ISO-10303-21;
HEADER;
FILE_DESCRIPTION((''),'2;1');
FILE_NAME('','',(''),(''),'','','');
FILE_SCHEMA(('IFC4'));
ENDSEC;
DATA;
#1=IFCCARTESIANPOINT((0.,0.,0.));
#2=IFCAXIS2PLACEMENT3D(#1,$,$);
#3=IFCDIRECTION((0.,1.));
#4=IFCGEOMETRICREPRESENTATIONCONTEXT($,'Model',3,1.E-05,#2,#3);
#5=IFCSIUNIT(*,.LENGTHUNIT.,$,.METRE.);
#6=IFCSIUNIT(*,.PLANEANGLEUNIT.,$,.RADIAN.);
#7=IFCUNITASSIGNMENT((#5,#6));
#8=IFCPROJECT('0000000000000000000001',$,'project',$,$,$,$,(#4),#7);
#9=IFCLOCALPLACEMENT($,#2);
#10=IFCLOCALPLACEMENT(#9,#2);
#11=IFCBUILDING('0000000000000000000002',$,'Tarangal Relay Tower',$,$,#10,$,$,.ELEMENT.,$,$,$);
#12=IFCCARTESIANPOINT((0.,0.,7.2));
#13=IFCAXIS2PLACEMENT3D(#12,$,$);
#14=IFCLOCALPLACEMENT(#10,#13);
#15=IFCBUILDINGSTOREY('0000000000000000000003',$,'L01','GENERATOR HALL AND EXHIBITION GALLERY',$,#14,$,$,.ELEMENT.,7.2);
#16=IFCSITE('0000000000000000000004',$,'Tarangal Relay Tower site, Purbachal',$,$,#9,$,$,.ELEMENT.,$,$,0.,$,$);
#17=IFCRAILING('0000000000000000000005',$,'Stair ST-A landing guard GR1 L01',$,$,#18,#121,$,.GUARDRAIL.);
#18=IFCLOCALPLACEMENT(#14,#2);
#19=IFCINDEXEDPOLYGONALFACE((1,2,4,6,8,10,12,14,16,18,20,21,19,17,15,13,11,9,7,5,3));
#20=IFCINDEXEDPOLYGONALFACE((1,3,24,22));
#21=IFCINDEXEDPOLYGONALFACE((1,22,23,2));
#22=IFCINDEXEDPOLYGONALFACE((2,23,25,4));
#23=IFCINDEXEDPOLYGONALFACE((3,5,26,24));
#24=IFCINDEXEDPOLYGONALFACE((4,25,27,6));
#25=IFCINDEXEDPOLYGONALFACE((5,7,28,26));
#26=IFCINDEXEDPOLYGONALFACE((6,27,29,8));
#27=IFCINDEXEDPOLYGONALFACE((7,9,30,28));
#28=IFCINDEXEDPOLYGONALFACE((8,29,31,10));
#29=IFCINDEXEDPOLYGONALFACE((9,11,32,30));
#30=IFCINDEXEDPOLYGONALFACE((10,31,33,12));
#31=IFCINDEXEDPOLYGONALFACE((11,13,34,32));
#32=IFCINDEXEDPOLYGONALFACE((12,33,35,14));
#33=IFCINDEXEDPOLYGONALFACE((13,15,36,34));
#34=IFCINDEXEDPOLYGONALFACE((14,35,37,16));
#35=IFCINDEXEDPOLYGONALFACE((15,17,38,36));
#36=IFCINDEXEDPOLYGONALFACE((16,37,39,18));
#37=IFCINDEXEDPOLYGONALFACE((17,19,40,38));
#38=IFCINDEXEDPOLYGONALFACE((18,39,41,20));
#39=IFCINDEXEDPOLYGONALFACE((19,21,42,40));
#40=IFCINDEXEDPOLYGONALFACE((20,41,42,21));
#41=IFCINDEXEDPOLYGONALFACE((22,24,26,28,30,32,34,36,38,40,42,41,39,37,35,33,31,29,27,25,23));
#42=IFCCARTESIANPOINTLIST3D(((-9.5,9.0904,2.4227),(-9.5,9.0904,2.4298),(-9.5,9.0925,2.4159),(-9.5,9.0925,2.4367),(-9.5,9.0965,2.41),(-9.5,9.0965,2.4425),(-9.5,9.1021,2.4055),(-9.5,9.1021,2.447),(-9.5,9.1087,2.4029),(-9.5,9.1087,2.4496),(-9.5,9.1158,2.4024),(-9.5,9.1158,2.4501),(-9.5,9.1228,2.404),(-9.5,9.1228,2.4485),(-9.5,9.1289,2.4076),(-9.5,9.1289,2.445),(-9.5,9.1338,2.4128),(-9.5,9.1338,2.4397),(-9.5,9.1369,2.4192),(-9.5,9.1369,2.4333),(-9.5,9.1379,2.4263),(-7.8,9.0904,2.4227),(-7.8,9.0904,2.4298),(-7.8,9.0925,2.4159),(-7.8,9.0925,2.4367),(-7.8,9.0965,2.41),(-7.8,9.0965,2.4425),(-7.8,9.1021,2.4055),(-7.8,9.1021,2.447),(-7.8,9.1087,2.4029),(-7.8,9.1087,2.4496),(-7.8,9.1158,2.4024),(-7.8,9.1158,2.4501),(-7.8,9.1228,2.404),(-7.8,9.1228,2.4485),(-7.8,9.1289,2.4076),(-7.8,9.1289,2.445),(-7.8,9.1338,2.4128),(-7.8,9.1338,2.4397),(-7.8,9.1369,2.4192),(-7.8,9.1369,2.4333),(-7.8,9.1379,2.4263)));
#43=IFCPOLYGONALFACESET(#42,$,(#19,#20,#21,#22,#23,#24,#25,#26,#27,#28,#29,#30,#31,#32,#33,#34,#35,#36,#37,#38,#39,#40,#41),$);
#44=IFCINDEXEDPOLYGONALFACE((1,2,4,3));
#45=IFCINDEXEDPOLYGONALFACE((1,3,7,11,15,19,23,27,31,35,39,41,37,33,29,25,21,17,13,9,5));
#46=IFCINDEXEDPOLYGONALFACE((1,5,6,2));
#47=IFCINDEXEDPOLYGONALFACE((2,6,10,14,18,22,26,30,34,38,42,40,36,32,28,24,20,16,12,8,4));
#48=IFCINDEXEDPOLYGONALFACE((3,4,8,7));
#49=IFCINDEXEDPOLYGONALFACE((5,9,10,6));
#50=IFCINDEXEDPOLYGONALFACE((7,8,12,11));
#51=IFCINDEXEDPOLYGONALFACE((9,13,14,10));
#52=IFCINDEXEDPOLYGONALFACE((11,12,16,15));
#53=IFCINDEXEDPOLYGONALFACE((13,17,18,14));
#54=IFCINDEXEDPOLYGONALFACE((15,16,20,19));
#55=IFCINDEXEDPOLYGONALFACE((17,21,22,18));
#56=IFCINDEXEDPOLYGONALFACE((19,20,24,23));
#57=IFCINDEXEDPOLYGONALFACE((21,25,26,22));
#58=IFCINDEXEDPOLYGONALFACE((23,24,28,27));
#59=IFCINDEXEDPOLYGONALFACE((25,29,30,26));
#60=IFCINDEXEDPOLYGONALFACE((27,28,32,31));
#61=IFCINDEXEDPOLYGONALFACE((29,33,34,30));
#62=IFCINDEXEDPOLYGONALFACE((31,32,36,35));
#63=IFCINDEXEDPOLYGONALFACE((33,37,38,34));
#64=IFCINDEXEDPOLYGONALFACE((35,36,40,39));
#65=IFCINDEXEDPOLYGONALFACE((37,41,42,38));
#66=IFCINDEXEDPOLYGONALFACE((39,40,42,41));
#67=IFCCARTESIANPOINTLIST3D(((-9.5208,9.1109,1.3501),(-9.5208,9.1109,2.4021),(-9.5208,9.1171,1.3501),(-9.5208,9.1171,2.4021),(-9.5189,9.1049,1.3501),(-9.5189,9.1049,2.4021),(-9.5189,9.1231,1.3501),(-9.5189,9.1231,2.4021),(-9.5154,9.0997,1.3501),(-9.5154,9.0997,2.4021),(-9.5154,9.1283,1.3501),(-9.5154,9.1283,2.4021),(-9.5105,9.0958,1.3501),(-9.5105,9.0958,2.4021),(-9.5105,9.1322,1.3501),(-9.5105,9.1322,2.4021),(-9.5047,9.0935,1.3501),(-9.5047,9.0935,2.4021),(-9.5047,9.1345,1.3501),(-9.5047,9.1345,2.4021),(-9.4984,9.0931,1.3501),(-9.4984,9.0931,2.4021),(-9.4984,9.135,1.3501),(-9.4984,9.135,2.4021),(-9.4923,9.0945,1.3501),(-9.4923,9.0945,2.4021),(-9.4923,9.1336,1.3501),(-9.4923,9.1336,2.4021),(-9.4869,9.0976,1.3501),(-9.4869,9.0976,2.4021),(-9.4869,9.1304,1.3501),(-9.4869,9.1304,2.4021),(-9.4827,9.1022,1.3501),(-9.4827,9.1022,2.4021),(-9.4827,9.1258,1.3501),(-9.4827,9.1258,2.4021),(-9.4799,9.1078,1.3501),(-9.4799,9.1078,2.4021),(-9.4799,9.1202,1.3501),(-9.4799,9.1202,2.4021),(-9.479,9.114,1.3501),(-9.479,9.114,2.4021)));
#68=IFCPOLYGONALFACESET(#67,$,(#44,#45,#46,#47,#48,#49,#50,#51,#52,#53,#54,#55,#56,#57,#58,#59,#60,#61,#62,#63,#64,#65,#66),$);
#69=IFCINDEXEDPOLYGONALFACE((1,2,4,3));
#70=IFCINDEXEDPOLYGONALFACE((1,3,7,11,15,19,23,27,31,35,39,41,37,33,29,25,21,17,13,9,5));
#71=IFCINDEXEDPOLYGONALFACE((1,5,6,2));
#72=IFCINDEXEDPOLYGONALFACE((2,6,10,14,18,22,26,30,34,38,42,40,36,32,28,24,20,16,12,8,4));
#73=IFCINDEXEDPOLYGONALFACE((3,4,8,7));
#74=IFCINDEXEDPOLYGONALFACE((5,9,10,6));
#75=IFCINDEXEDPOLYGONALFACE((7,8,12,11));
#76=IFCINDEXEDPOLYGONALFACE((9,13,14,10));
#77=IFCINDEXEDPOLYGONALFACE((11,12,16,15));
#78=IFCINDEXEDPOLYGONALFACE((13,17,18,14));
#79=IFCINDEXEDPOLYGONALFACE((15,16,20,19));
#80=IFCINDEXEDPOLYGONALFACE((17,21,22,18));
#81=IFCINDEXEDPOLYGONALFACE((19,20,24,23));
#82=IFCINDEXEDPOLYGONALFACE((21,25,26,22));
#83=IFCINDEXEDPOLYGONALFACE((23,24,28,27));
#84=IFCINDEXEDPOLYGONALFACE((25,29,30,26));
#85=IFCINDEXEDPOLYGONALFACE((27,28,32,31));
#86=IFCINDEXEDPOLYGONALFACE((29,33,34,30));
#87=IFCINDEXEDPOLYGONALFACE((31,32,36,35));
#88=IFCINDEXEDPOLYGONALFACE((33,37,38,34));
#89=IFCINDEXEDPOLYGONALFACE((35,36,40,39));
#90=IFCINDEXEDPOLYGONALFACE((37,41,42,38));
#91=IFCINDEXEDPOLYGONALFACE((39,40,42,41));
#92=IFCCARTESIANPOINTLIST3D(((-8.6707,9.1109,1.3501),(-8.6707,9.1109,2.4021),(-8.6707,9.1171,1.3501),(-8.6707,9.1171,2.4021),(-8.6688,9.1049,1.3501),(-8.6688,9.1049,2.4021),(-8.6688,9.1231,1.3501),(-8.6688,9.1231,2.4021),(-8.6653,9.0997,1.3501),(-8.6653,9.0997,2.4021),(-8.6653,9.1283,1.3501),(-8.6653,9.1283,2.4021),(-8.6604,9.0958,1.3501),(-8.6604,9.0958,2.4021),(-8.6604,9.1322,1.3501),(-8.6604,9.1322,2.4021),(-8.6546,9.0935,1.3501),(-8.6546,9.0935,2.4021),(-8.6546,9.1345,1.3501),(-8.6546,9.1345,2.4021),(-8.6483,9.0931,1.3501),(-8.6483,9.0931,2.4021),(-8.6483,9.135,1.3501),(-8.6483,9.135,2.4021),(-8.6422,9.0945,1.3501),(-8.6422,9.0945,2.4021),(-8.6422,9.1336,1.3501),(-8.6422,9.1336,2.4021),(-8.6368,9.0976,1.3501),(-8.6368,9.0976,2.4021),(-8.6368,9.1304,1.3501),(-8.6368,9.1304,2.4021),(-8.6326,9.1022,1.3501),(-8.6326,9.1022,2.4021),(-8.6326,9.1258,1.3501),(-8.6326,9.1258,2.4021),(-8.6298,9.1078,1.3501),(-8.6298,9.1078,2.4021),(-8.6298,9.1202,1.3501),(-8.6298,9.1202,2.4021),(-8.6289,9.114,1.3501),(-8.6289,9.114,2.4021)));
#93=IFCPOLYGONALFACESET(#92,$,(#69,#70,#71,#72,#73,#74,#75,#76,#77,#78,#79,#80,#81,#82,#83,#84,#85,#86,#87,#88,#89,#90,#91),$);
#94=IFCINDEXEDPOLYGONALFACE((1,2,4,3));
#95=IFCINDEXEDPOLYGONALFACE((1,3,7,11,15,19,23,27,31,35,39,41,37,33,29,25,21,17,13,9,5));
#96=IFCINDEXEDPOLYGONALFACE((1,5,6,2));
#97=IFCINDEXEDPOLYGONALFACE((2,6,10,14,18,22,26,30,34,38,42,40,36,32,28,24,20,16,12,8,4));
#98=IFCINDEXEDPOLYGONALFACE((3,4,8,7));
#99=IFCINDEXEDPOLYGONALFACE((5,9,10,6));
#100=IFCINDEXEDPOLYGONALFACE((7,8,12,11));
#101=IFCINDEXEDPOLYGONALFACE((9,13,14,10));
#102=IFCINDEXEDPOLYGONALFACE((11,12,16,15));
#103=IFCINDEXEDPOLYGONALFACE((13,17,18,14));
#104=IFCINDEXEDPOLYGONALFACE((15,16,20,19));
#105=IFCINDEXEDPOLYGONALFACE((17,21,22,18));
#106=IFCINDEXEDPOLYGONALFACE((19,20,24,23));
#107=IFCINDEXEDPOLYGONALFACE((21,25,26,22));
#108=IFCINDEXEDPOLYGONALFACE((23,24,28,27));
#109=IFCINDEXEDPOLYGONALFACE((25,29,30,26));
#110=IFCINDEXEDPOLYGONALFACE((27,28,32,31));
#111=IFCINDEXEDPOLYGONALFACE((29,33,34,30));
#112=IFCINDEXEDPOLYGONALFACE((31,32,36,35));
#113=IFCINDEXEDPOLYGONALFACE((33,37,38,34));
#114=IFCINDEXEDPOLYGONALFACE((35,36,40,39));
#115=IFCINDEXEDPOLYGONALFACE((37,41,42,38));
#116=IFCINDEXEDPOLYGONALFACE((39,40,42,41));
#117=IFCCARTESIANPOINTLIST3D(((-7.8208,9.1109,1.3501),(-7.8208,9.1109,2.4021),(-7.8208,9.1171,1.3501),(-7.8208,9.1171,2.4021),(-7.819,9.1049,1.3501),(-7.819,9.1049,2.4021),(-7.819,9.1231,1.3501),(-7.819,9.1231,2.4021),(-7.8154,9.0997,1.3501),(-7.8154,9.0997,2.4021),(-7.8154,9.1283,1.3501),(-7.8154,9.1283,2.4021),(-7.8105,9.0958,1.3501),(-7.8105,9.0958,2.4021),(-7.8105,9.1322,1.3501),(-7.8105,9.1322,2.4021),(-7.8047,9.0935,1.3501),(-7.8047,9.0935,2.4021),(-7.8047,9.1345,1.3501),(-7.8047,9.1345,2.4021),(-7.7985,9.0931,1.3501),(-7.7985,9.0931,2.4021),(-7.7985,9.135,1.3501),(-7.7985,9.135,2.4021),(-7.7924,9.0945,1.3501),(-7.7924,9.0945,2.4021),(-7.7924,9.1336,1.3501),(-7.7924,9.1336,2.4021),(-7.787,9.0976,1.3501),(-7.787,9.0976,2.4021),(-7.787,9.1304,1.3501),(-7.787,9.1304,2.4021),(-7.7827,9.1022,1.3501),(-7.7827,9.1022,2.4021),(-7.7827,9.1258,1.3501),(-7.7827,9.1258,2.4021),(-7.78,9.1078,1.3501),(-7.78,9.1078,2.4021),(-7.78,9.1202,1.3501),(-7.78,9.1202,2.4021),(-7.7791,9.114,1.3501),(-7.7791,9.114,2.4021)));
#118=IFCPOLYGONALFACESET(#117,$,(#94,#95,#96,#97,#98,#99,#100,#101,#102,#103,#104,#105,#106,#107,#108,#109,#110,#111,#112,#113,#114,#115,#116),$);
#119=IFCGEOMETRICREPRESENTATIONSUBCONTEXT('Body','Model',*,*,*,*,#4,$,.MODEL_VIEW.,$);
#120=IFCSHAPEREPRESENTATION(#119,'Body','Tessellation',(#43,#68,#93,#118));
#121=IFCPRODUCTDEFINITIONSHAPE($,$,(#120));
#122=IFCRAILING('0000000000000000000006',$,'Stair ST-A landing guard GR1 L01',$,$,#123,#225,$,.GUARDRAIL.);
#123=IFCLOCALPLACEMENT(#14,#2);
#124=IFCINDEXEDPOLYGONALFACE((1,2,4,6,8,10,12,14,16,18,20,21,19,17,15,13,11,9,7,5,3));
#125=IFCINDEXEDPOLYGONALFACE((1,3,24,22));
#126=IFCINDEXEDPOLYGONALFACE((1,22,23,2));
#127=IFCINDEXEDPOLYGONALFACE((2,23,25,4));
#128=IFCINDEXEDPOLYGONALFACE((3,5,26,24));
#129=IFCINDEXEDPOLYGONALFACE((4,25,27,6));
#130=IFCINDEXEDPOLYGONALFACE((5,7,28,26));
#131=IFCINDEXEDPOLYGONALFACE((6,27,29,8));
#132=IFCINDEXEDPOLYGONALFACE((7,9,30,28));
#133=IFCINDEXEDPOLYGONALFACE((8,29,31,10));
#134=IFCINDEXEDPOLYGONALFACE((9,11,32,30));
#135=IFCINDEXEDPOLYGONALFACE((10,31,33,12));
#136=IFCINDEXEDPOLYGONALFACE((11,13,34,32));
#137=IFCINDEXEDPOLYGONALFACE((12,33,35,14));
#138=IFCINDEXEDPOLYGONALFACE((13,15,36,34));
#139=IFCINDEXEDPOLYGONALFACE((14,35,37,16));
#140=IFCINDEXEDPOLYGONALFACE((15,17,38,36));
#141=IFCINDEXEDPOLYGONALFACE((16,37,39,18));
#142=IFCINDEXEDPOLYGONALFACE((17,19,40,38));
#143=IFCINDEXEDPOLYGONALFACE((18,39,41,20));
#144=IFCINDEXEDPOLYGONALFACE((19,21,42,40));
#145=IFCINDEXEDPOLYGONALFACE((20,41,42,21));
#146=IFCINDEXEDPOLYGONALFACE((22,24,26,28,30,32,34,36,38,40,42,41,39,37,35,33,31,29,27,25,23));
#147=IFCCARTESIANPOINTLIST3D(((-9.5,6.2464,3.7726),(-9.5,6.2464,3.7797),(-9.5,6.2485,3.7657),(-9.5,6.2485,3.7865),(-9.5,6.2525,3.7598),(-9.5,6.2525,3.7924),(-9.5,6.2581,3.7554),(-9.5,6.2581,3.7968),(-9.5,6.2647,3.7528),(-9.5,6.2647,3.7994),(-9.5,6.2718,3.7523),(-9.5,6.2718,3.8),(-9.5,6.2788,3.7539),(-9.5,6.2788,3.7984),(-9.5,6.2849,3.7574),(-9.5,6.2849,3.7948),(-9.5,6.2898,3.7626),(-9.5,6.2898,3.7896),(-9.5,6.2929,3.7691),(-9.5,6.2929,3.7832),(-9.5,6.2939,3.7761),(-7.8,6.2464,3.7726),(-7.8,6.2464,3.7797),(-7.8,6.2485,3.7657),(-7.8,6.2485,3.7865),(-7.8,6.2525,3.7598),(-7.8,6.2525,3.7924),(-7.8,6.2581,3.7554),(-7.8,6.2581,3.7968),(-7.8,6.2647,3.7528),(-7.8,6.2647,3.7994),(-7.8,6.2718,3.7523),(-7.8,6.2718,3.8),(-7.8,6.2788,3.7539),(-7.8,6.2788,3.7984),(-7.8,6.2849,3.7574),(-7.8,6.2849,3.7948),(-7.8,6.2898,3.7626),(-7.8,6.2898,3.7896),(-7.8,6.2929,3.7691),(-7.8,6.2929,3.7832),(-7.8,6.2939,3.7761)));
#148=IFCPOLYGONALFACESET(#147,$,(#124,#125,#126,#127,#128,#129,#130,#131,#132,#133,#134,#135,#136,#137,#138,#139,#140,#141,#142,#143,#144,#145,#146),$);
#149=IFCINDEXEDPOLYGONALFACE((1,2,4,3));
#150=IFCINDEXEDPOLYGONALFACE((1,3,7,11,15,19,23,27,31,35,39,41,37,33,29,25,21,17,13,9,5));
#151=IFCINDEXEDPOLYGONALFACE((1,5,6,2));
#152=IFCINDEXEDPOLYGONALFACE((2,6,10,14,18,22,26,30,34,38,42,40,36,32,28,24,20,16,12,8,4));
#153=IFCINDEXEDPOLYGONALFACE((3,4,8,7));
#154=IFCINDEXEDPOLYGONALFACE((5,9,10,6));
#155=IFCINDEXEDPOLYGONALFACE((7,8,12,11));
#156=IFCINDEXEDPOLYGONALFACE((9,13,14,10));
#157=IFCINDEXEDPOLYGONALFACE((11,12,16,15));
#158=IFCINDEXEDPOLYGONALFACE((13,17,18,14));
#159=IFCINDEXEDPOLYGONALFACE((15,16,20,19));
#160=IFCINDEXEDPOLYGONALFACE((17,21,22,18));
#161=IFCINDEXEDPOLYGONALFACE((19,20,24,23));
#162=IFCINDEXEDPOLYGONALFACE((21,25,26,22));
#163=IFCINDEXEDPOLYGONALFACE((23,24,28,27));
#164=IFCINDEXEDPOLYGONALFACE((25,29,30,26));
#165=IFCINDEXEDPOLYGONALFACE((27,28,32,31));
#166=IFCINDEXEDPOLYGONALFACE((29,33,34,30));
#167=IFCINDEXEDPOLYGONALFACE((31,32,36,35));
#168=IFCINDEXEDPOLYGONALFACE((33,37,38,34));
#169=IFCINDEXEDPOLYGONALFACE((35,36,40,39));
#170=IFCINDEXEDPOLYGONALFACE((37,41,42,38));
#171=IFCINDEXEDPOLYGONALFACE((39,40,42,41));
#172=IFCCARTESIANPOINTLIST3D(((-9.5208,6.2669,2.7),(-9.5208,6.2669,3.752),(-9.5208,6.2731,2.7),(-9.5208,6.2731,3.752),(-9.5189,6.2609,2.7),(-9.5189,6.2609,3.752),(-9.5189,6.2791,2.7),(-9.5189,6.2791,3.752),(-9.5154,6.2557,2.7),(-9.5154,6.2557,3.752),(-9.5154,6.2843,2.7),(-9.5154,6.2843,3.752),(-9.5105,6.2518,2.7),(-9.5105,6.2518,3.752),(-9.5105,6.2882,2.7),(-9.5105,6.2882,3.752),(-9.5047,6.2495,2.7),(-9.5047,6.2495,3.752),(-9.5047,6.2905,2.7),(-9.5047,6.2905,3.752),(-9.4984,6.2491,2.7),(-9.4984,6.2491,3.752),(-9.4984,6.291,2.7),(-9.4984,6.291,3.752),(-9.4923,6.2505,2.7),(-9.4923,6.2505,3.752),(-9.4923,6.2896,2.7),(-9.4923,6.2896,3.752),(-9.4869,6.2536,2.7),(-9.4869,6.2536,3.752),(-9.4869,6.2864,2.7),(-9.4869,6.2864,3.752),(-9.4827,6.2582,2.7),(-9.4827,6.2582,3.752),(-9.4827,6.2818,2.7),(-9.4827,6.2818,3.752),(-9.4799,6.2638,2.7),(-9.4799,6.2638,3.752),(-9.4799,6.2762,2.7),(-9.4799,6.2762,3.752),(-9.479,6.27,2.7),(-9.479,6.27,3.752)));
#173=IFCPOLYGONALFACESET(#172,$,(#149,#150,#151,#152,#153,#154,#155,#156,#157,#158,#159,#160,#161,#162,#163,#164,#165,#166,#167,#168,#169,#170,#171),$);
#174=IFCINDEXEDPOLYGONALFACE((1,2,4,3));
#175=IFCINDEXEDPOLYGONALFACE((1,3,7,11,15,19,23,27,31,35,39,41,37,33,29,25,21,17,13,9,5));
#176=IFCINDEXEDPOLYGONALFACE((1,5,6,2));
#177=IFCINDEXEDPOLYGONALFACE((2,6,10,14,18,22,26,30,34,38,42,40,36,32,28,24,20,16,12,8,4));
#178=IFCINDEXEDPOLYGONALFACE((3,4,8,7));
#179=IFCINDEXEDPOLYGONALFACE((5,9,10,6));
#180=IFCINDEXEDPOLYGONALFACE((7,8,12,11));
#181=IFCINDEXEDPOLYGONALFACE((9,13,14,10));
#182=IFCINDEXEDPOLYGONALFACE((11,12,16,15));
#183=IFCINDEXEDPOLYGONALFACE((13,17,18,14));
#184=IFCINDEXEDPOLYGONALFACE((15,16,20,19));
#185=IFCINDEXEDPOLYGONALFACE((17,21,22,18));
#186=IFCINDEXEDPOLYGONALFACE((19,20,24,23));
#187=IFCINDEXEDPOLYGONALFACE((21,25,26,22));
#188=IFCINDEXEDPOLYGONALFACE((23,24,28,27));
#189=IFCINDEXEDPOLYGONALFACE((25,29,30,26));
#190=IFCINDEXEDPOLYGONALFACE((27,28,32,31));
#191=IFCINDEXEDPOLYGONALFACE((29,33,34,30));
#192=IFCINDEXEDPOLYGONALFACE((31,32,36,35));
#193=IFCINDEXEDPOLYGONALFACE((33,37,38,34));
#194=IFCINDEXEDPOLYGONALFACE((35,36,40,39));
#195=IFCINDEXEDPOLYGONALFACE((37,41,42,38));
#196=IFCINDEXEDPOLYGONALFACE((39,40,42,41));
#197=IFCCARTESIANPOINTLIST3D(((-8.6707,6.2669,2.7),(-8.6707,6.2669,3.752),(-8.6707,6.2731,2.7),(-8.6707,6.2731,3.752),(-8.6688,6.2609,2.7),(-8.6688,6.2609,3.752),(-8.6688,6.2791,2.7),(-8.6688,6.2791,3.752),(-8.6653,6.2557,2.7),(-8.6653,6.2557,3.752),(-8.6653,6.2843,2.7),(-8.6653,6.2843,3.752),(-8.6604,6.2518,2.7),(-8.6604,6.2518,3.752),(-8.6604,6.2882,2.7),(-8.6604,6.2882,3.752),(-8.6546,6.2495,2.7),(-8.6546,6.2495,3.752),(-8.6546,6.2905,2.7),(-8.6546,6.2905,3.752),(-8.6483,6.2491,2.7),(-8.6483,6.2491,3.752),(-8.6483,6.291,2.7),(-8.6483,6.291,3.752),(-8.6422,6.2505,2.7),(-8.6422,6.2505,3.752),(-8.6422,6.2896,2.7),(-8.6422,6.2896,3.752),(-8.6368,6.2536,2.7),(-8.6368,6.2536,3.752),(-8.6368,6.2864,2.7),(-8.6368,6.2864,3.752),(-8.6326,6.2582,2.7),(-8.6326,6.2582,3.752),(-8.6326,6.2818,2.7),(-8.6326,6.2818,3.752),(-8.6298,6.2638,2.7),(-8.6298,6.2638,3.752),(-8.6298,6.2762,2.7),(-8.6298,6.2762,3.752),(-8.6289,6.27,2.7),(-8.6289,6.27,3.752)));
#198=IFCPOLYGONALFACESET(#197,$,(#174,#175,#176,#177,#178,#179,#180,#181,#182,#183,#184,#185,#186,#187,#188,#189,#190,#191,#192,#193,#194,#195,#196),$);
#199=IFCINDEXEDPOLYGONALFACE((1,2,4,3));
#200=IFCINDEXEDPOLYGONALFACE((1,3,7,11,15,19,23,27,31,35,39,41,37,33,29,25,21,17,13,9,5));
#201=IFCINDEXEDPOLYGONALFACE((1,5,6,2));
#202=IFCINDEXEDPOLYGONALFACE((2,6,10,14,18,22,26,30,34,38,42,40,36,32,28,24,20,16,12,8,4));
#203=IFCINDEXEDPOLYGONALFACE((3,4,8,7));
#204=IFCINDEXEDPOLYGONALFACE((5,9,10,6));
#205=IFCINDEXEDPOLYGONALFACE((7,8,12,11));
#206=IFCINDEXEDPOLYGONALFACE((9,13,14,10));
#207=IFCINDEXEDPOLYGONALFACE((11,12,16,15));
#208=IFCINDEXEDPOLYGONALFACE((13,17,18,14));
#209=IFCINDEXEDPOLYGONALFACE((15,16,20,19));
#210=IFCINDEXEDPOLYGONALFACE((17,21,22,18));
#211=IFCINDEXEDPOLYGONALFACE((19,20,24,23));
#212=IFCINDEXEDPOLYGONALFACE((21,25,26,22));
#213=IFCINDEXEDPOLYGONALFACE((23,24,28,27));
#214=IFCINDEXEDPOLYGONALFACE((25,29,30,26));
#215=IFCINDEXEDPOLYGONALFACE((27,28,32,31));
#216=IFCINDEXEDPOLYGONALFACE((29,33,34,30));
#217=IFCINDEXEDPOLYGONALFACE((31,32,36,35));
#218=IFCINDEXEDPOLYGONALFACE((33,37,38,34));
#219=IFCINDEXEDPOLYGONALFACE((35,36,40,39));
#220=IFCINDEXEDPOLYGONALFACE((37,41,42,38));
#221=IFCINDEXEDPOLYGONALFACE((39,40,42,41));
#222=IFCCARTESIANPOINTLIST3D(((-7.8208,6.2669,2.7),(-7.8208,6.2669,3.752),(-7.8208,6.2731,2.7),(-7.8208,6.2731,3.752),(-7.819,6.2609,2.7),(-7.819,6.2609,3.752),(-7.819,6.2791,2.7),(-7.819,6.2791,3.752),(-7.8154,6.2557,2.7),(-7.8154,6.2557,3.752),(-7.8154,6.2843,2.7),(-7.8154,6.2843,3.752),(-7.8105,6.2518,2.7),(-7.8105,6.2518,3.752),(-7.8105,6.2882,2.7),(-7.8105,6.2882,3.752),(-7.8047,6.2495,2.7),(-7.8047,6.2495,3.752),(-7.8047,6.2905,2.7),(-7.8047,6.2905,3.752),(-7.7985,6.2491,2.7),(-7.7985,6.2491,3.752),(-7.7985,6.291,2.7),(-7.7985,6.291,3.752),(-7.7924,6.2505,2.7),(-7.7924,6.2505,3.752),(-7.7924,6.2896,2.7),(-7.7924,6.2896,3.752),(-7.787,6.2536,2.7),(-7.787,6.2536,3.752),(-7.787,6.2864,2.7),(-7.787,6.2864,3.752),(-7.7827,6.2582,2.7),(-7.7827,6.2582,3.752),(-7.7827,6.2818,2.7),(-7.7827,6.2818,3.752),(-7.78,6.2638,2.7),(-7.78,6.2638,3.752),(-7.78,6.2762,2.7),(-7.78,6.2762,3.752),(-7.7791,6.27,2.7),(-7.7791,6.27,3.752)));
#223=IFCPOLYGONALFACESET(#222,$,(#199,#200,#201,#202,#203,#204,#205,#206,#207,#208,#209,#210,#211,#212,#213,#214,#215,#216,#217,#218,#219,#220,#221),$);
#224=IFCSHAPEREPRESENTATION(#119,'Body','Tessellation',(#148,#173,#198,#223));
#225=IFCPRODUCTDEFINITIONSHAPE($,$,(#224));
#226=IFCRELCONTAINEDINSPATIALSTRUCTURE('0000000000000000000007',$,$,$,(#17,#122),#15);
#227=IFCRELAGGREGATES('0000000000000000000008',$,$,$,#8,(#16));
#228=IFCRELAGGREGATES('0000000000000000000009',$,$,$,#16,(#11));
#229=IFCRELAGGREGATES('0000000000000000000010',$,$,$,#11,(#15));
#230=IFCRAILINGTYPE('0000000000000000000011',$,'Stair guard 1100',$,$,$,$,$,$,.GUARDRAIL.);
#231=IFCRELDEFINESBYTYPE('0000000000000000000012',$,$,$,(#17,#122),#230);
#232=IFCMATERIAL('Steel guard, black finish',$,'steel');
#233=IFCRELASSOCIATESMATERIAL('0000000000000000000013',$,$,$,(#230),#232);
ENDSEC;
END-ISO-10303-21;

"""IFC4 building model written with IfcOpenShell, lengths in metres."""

from ifc_helpers import new_model, si_unit, direction, frame, origin, origin_2d, place, context, subcontext, project, spatial, circle, extrude, material, type_object, element, save


model = new_model("IFC4")

# Units and contexts
model_context = context("Model", 3, precision=1e-05, world=origin(), true_north=direction((0.0, 1.0)))
body_context = subcontext(model_context, "Body", "Model", "MODEL_VIEW")
ifc_project = project(units=[si_unit("LENGTHUNIT", "METRE"), si_unit("PLANEANGLEUNIT", "RADIAN")], contexts=[model_context])

# Site, building, storey
site_placement = place(None, origin())
site = spatial("IfcSite", under=ifc_project, at=site_placement, Name="Tarangal Relay Tower site, Purbachal", CompositionType="ELEMENT", RefElevation=0.0)
building_placement = place(site_placement, origin())
building = spatial("IfcBuilding", under=site, at=building_placement, Name="Tarangal Relay Tower", CompositionType="ELEMENT")
storey_placement = place(building_placement, frame((0.0, 0.0, 7.2)))
storey = spatial("IfcBuildingStorey", under=building, at=storey_placement, Name="L01", Description="GENERATOR HALL AND EXHIBITION GALLERY", CompositionType="ELEMENT", Elevation=7.2)

# Railings
ifc_material_1 = material(Name="Steel guard, black finish", Category="steel")
railing_type_1 = type_object("IfcRailingType", Name="Stair guard 1100", PredefinedType="GUARDRAIL", material=ifc_material_1)
for number, where, name in (
    (1, (-9.5, 9.114, 1.3501), "Stair ST-A landing guard GR1 L01"),
    (2, (-9.5, 6.27, 2.7), "Stair ST-A landing guard GR1 L01"),
):
    element("IfcRailing", number, at=place(storey_placement, frame(where)), inside=storey, type_object=railing_type_1, Name=name, PredefinedType="GUARDRAIL", context=body_context, shape_type="SweptSolid", body=[
        extrude(circle(Radius=0.0239, at=origin_2d()), frame((0.0, 0.0, 1.0762), z_axis=(1.0, 0.0, 0.0), x_axis=(0.0, 1.0, 0.0)), (0.0, 0.0, 1.0), 1.7),
        extrude(circle(Radius=0.021, at=origin_2d()), origin(), (0.0, 0.0, 1.0), 1.052),
        extrude(circle(Radius=0.021, at=origin_2d()), frame((0.8501, 0.0, 0.0)), (0.0, 0.0, 1.0), 1.052),
        extrude(circle(Radius=0.021, at=origin_2d()), frame((1.7, 0.0, 0.0)), (0.0, 0.0, 1.0), 1.052),
    ])

save(model, "model.ifc")
